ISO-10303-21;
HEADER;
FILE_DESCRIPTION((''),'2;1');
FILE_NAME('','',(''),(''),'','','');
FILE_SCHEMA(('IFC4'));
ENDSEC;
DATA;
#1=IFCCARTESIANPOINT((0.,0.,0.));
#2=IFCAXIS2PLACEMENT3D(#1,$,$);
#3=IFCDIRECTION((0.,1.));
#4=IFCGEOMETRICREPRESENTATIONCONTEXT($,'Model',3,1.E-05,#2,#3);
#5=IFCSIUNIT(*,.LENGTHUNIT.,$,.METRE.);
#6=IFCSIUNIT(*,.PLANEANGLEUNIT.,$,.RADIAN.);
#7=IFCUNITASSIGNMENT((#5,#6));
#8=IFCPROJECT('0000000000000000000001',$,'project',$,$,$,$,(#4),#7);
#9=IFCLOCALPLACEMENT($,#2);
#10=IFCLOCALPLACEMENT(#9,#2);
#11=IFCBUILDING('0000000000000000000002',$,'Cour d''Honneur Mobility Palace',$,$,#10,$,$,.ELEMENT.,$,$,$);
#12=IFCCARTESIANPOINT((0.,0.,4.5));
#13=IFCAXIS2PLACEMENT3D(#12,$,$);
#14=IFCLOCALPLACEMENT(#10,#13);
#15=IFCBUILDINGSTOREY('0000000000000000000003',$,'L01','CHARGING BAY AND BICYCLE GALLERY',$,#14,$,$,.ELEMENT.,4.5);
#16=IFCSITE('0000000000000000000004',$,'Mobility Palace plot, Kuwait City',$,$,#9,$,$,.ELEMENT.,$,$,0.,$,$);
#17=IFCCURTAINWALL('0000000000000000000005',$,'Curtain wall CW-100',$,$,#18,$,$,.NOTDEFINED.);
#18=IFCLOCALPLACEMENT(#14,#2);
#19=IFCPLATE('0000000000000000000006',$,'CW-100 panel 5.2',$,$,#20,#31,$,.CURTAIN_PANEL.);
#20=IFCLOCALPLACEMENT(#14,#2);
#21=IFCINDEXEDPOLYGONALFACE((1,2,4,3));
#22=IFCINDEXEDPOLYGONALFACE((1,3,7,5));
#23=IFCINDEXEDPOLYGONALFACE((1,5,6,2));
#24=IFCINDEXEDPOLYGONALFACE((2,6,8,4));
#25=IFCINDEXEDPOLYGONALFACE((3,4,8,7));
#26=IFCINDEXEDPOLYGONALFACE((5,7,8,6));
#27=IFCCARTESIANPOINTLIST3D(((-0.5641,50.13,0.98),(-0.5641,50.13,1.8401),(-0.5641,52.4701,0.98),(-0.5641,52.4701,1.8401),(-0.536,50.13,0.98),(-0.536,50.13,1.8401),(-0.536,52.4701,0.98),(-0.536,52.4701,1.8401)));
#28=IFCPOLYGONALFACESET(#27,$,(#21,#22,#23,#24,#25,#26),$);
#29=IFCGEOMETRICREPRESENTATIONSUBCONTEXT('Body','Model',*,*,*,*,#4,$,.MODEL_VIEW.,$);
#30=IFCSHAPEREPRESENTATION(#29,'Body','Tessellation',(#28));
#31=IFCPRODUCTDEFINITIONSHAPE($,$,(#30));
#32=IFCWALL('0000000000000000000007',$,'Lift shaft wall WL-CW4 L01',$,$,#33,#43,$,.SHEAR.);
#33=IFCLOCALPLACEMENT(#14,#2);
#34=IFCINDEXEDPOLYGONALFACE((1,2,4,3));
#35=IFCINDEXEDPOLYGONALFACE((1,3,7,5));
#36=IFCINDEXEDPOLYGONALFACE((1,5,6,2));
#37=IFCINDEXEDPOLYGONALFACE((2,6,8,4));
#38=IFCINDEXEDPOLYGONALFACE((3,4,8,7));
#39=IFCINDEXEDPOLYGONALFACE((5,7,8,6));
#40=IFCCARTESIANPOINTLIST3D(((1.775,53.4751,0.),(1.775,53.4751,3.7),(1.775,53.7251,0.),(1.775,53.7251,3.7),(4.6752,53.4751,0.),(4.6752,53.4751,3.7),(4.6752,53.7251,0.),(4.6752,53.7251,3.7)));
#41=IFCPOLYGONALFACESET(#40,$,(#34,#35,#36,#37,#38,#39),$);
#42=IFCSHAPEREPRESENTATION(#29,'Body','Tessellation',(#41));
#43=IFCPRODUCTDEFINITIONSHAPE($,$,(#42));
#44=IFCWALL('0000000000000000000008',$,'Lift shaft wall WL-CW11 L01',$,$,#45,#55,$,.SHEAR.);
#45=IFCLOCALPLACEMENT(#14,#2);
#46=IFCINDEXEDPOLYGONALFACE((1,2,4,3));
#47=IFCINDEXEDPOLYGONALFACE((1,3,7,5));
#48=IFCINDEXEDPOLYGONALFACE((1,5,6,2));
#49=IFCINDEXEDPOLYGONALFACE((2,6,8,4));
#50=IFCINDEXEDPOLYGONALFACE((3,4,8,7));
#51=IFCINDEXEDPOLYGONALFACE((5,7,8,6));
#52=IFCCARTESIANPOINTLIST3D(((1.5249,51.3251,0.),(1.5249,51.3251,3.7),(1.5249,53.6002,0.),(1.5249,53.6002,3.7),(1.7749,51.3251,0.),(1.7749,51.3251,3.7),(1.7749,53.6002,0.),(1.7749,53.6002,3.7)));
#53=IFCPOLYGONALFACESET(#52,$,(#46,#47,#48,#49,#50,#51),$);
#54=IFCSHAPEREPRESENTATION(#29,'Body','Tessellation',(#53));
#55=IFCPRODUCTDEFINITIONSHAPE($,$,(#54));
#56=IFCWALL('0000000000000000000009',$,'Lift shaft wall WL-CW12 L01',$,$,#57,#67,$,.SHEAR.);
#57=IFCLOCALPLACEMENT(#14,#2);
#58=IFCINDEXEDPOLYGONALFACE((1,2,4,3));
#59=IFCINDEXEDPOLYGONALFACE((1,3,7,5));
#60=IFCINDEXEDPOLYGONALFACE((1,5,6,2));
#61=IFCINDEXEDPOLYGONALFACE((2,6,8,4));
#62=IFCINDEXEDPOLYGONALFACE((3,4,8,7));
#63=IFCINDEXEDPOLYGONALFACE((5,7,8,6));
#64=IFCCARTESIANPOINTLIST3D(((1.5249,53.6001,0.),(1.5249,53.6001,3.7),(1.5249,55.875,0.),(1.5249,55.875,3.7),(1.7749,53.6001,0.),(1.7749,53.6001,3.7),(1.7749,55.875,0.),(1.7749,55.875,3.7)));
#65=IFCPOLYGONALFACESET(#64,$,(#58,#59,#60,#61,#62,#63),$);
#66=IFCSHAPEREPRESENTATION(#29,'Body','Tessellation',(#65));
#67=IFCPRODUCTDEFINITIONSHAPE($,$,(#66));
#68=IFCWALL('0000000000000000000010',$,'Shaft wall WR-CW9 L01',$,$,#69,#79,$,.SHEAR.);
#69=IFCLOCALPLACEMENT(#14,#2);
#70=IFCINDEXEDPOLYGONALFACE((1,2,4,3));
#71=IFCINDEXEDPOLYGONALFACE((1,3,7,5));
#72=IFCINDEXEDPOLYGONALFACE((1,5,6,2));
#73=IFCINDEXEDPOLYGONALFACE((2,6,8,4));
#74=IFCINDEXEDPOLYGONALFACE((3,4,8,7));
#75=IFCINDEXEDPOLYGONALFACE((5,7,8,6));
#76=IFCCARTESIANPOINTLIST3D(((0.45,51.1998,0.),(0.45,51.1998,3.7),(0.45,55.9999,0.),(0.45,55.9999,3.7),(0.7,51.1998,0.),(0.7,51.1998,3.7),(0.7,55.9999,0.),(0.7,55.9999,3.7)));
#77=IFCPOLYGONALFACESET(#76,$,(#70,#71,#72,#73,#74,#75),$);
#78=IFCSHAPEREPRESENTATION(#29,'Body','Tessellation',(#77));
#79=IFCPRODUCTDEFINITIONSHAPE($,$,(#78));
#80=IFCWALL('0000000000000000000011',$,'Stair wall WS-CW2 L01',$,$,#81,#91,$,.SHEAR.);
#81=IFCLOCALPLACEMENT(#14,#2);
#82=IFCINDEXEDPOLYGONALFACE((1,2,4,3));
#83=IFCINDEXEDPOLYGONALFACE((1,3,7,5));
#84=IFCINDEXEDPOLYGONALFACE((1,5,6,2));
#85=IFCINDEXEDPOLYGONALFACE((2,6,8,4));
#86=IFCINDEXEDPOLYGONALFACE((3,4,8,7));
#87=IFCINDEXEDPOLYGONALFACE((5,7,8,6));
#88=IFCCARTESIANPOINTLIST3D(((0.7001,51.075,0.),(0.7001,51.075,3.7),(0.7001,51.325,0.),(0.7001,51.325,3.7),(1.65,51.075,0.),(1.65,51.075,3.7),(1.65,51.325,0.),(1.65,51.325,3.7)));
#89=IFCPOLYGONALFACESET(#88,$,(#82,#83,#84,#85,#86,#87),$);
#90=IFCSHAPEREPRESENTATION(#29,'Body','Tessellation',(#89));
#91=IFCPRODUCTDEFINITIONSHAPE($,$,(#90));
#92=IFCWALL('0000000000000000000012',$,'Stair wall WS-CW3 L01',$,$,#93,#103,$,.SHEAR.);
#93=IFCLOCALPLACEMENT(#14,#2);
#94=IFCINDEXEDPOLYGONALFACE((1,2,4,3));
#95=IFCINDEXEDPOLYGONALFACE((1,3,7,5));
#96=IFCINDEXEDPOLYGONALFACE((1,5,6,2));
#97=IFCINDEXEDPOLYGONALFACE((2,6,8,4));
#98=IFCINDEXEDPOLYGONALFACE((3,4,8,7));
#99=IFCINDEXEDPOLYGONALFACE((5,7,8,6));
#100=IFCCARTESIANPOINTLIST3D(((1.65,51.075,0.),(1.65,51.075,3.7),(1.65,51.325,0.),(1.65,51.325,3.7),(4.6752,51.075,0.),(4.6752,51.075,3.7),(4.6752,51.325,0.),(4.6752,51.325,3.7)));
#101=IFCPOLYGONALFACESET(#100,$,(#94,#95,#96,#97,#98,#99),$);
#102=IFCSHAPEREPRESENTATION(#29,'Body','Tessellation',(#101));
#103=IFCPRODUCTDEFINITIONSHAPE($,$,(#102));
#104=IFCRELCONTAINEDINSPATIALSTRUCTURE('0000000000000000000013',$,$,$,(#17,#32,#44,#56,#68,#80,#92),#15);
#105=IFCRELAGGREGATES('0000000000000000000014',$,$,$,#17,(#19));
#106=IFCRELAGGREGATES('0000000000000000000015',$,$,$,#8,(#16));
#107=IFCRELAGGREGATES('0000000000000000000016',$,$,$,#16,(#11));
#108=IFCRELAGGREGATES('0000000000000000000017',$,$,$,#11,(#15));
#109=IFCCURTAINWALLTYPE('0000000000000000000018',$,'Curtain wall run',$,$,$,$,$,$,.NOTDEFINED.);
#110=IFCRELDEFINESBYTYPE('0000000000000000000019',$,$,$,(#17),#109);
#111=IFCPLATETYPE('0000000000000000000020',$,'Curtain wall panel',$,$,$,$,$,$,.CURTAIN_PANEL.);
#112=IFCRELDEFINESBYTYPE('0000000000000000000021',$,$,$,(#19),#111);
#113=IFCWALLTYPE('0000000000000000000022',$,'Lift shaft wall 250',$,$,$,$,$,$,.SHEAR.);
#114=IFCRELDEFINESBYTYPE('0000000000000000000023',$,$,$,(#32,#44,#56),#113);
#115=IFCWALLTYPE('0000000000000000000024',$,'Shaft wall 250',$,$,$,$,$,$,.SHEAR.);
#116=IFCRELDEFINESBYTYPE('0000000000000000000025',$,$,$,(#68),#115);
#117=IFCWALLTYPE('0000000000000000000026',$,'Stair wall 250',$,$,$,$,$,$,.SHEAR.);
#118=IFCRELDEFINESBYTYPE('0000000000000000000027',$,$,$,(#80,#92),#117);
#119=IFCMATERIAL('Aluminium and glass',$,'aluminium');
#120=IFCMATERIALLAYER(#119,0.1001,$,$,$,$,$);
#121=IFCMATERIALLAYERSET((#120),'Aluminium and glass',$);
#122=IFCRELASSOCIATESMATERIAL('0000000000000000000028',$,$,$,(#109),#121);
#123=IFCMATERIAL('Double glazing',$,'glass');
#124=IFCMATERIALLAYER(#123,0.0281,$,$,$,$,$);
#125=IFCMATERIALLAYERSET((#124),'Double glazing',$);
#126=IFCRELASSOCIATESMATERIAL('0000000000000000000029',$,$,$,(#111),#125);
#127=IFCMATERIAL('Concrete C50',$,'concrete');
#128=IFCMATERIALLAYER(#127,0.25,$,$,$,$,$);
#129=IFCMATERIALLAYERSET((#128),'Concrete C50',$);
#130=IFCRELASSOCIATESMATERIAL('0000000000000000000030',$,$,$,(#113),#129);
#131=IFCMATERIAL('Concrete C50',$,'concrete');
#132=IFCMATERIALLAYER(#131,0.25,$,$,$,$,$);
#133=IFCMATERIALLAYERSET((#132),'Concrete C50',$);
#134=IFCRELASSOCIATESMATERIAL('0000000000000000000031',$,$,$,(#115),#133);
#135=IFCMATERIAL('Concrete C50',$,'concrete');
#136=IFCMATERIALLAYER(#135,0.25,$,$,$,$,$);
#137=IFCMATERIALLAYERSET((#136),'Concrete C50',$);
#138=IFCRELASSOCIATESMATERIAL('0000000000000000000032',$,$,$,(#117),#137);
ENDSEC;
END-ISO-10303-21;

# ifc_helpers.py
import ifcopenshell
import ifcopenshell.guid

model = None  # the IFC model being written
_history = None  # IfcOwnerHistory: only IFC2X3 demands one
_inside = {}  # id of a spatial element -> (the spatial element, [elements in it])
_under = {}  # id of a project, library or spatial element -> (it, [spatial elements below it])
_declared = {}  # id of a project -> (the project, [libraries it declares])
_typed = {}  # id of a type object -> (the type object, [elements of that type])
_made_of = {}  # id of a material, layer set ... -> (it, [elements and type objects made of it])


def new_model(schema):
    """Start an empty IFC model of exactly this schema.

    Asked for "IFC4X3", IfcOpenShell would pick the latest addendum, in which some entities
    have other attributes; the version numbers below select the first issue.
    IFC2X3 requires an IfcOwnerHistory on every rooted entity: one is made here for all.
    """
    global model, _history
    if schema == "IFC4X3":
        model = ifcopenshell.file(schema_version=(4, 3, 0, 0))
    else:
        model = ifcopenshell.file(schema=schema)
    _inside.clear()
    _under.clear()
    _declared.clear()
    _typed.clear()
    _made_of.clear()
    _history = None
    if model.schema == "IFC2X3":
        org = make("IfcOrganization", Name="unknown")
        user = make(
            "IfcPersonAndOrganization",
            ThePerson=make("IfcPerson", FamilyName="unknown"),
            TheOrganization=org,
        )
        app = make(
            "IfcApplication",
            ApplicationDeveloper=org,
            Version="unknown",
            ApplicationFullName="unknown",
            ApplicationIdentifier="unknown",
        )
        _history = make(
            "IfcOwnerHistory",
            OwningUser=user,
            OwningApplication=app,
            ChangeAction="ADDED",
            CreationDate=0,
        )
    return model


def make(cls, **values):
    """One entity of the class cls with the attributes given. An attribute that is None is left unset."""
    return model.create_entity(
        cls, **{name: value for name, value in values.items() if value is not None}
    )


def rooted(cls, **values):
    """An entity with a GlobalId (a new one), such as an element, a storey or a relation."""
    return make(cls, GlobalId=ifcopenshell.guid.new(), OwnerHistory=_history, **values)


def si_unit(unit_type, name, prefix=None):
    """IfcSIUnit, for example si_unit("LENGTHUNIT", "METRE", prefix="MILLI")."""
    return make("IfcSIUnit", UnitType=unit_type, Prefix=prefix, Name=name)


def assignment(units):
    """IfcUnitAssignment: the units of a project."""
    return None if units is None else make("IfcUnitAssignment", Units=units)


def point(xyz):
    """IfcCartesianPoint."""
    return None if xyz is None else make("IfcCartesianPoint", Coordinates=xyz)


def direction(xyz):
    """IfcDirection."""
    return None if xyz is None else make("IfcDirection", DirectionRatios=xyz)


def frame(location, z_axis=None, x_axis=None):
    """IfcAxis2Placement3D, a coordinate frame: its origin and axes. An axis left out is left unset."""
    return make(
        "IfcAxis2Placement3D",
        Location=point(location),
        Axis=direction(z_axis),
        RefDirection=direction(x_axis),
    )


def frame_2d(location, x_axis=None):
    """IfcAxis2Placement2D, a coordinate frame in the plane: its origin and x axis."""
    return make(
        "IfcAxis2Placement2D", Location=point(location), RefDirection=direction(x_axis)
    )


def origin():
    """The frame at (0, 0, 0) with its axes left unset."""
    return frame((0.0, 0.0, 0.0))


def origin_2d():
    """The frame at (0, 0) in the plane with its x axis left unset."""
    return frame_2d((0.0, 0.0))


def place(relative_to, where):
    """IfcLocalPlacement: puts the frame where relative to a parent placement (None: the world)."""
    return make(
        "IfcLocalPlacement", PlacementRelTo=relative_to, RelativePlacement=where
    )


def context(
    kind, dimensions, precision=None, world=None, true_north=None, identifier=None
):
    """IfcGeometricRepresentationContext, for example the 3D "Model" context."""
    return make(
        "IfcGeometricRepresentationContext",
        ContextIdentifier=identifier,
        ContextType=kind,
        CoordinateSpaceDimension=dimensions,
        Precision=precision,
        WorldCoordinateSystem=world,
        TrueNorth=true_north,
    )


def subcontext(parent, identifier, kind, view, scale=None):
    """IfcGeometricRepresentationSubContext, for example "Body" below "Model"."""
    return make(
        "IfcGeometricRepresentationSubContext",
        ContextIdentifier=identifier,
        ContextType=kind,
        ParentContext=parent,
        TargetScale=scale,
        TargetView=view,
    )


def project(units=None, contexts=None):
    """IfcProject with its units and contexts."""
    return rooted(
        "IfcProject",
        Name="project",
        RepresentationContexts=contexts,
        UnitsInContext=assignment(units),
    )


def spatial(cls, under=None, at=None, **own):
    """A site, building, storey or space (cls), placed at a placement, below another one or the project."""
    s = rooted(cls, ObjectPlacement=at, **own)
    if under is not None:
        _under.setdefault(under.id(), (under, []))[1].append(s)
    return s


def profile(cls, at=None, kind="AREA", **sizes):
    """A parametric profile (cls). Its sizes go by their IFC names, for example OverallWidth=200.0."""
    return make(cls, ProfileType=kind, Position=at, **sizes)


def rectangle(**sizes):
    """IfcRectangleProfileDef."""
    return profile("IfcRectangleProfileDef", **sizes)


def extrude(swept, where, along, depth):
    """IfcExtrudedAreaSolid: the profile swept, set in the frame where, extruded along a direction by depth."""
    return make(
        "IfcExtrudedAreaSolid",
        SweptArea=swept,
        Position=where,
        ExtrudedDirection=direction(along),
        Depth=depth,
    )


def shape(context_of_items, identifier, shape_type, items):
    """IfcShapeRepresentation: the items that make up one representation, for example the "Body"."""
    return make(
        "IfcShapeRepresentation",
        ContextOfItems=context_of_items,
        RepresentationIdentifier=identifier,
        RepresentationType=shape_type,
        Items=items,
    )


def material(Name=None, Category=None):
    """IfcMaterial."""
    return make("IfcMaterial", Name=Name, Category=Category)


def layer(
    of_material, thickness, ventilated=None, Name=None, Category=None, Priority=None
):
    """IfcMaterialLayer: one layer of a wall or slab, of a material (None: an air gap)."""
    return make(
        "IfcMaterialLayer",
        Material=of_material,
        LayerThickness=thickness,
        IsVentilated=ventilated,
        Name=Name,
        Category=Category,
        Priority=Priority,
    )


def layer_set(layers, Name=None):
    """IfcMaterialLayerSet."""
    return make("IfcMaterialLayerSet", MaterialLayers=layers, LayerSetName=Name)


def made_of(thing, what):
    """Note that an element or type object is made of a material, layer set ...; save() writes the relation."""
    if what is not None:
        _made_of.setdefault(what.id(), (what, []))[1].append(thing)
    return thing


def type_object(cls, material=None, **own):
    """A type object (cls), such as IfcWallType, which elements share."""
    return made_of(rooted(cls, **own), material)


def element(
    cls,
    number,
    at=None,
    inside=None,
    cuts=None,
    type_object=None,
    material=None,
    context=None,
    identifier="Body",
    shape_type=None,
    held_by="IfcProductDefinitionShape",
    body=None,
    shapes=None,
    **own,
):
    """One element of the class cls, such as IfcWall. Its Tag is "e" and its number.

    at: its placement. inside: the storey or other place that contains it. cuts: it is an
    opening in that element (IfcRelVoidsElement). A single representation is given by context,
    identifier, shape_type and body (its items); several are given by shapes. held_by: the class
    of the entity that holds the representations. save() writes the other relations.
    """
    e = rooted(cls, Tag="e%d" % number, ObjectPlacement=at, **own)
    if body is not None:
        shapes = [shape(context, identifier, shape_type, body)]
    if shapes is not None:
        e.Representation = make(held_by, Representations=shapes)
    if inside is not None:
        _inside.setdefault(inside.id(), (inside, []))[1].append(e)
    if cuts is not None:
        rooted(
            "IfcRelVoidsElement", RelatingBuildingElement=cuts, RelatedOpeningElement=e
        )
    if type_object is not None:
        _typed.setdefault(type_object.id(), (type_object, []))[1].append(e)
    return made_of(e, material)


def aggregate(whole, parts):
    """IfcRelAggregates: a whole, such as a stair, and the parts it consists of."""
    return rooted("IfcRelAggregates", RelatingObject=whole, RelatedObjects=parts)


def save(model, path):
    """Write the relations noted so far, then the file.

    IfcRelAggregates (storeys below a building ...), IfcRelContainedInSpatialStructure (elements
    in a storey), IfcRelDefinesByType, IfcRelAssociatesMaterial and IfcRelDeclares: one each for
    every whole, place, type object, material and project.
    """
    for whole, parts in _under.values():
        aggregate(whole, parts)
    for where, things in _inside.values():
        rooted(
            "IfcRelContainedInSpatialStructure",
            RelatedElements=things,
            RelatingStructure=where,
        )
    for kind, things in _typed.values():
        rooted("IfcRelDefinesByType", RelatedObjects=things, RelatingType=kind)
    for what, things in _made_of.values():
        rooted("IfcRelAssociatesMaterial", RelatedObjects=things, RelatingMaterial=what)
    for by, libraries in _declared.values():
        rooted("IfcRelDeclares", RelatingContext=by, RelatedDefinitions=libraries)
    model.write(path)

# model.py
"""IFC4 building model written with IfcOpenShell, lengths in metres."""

from ifc_helpers import new_model, si_unit, direction, frame, frame_2d, origin, origin_2d, place, context, subcontext, project, spatial, rectangle, extrude, material, layer, layer_set, type_object, element, aggregate, save


model = new_model("IFC4")

# Units and contexts
model_context = context("Model", 3, precision=1e-05, world=origin(), true_north=direction((0.0, 1.0)))
body_context = subcontext(model_context, "Body", "Model", "MODEL_VIEW")
ifc_project = project(units=[si_unit("LENGTHUNIT", "METRE"), si_unit("PLANEANGLEUNIT", "RADIAN")], contexts=[model_context])

# Site, building, storey
site_placement = place(None, origin())
site = spatial("IfcSite", under=ifc_project, at=site_placement, Name="Mobility Palace plot, Kuwait City", CompositionType="ELEMENT", RefElevation=0.0)
building_placement = place(site_placement, origin())
building = spatial("IfcBuilding", under=site, at=building_placement, Name="Cour d'Honneur Mobility Palace", CompositionType="ELEMENT")
storey_placement = place(building_placement, frame((0.0, 0.0, 4.5)))
storey = spatial("IfcBuildingStorey", under=building, at=storey_placement, Name="L01", Description="CHARGING BAY AND BICYCLE GALLERY", CompositionType="ELEMENT", Elevation=4.5)

# Curtain wall, plate
ifc_material_1 = material(Name="Aluminium and glass", Category="aluminium")
ifc_layer_1 = layer(ifc_material_1, 0.1001)
ifc_layer_set_1 = layer_set([ifc_layer_1], Name="Aluminium and glass")
curtain_wall_type = type_object("IfcCurtainWallType", Name="Curtain wall run", PredefinedType="NOTDEFINED", material=ifc_layer_set_1)
curtain_wall_placement = place(storey_placement, origin())
curtain_wall = element("IfcCurtainWall", 1, at=curtain_wall_placement, inside=storey, type_object=curtain_wall_type, Name="Curtain wall CW-100", PredefinedType="NOTDEFINED")
ifc_material_2 = material(Name="Double glazing", Category="glass")
ifc_layer_2 = layer(ifc_material_2, 0.0281)
ifc_layer_set_2 = layer_set([ifc_layer_2], Name="Double glazing")
plate_type = type_object("IfcPlateType", Name="Curtain wall panel", PredefinedType="CURTAIN_PANEL", material=ifc_layer_set_2)
plate_1_placement = place(storey_placement, frame((-0.55, 51.3, 0.98), z_axis=(0.0, 0.0, 1.0), x_axis=(0.0, -1.0, 0.0)))
plate_1 = element("IfcPlate", 2, at=plate_1_placement, type_object=plate_type, Name="CW-100 panel 5.2", PredefinedType="CURTAIN_PANEL", context=body_context, shape_type="SweptSolid", body=[
    extrude(rectangle(XDim=2.3401, YDim=0.0281, at=origin_2d()), origin(), (0.0, 0.0, 1.0), 0.8601),
])
aggregate(curtain_wall, [plate_1])

# Walls
ifc_material_3 = material(Name="Concrete C50", Category="concrete")
ifc_layer_3 = layer(ifc_material_3, 0.25)
ifc_layer_set_3 = layer_set([ifc_layer_3], Name="Concrete C50")
wall_type_1 = type_object("IfcWallType", Name="Lift shaft wall 250", PredefinedType="SHEAR", material=ifc_layer_set_3)
wall_1_placement = place(storey_placement, frame((1.7749, 53.6001, 0.0), z_axis=(0.0, 0.0, 1.0), x_axis=(1.0, 0.0, 0.0)))
element("IfcWall", 3, at=wall_1_placement, inside=storey, type_object=wall_type_1, Name="Lift shaft wall WL-CW4 L01", PredefinedType="SHEAR", context=body_context, shape_type="SweptSolid", body=[
    extrude(rectangle(XDim=2.9001, YDim=0.25, at=frame_2d((1.4502, 0.0))), origin(), (0.0, 0.0, 1.0), 3.7),
])
wall_2_placement = place(storey_placement, frame((1.6499, 51.325, 0.0), z_axis=(0.0, 0.0, 1.0), x_axis=(0.0, 1.0, 0.0)))
element("IfcWall", 4, at=wall_2_placement, inside=storey, type_object=wall_type_1, Name="Lift shaft wall WL-CW11 L01", PredefinedType="SHEAR", context=body_context, shape_type="SweptSolid", body=[
    extrude(rectangle(XDim=2.2751, YDim=0.25, at=frame_2d((1.1377, 0.0))), origin(), (0.0, 0.0, 1.0), 3.7),
])
wall_3_placement = place(storey_placement, frame((1.6499, 53.6001, 0.0), z_axis=(0.0, 0.0, 1.0), x_axis=(0.0, 1.0, 0.0)))
element("IfcWall", 5, at=wall_3_placement, inside=storey, type_object=wall_type_1, Name="Lift shaft wall WL-CW12 L01", PredefinedType="SHEAR", context=body_context, shape_type="SweptSolid", body=[
    extrude(rectangle(XDim=2.2749, YDim=0.25, at=frame_2d((1.1375, 0.0))), origin(), (0.0, 0.0, 1.0), 3.7),
])
ifc_material_4 = material(Name="Concrete C50", Category="concrete")
ifc_layer_4 = layer(ifc_material_4, 0.25)
ifc_layer_set_4 = layer_set([ifc_layer_4], Name="Concrete C50")
wall_type_2 = type_object("IfcWallType", Name="Shaft wall 250", PredefinedType="SHEAR", material=ifc_layer_set_4)
wall_4_placement = place(storey_placement, frame((0.575, 51.2, 0.0), z_axis=(0.0, 0.0, 1.0), x_axis=(0.0, 1.0, 0.0)))
element("IfcWall", 6, at=wall_4_placement, inside=storey, type_object=wall_type_2, Name="Shaft wall WR-CW9 L01", PredefinedType="SHEAR", context=body_context, shape_type="SweptSolid", body=[
    extrude(rectangle(XDim=4.8, YDim=0.25, at=frame_2d((2.3999, 0.0))), origin(), (0.0, 0.0, 1.0), 3.7),
])
ifc_material_5 = material(Name="Concrete C50", Category="concrete")
ifc_layer_5 = layer(ifc_material_5, 0.25)
ifc_layer_set_5 = layer_set([ifc_layer_5], Name="Concrete C50")
wall_type_3 = type_object("IfcWallType", Name="Stair wall 250", PredefinedType="SHEAR", material=ifc_layer_set_5)
wall_5_placement = place(storey_placement, frame((0.7, 51.2, 0.0), z_axis=(0.0, 0.0, 1.0), x_axis=(1.0, 0.0, 0.0)))
element("IfcWall", 7, at=wall_5_placement, inside=storey, type_object=wall_type_3, Name="Stair wall WS-CW2 L01", PredefinedType="SHEAR", context=body_context, shape_type="SweptSolid", body=[
    extrude(rectangle(XDim=0.95, YDim=0.25, at=frame_2d((0.4751, 0.0))), origin(), (0.0, 0.0, 1.0), 3.7),
])
wall_6_placement = place(storey_placement, frame((1.6499, 51.2, 0.0), z_axis=(0.0, 0.0, 1.0), x_axis=(1.0, 0.0, 0.0)))
element("IfcWall", 8, at=wall_6_placement, inside=storey, type_object=wall_type_3, Name="Stair wall WS-CW3 L01", PredefinedType="SHEAR", context=body_context, shape_type="SweptSolid", body=[
    extrude(rectangle(XDim=3.0251, YDim=0.25, at=frame_2d((1.5127, 0.0))), origin(), (0.0, 0.0, 1.0), 3.7),
])

save(model, "model.ifc")
